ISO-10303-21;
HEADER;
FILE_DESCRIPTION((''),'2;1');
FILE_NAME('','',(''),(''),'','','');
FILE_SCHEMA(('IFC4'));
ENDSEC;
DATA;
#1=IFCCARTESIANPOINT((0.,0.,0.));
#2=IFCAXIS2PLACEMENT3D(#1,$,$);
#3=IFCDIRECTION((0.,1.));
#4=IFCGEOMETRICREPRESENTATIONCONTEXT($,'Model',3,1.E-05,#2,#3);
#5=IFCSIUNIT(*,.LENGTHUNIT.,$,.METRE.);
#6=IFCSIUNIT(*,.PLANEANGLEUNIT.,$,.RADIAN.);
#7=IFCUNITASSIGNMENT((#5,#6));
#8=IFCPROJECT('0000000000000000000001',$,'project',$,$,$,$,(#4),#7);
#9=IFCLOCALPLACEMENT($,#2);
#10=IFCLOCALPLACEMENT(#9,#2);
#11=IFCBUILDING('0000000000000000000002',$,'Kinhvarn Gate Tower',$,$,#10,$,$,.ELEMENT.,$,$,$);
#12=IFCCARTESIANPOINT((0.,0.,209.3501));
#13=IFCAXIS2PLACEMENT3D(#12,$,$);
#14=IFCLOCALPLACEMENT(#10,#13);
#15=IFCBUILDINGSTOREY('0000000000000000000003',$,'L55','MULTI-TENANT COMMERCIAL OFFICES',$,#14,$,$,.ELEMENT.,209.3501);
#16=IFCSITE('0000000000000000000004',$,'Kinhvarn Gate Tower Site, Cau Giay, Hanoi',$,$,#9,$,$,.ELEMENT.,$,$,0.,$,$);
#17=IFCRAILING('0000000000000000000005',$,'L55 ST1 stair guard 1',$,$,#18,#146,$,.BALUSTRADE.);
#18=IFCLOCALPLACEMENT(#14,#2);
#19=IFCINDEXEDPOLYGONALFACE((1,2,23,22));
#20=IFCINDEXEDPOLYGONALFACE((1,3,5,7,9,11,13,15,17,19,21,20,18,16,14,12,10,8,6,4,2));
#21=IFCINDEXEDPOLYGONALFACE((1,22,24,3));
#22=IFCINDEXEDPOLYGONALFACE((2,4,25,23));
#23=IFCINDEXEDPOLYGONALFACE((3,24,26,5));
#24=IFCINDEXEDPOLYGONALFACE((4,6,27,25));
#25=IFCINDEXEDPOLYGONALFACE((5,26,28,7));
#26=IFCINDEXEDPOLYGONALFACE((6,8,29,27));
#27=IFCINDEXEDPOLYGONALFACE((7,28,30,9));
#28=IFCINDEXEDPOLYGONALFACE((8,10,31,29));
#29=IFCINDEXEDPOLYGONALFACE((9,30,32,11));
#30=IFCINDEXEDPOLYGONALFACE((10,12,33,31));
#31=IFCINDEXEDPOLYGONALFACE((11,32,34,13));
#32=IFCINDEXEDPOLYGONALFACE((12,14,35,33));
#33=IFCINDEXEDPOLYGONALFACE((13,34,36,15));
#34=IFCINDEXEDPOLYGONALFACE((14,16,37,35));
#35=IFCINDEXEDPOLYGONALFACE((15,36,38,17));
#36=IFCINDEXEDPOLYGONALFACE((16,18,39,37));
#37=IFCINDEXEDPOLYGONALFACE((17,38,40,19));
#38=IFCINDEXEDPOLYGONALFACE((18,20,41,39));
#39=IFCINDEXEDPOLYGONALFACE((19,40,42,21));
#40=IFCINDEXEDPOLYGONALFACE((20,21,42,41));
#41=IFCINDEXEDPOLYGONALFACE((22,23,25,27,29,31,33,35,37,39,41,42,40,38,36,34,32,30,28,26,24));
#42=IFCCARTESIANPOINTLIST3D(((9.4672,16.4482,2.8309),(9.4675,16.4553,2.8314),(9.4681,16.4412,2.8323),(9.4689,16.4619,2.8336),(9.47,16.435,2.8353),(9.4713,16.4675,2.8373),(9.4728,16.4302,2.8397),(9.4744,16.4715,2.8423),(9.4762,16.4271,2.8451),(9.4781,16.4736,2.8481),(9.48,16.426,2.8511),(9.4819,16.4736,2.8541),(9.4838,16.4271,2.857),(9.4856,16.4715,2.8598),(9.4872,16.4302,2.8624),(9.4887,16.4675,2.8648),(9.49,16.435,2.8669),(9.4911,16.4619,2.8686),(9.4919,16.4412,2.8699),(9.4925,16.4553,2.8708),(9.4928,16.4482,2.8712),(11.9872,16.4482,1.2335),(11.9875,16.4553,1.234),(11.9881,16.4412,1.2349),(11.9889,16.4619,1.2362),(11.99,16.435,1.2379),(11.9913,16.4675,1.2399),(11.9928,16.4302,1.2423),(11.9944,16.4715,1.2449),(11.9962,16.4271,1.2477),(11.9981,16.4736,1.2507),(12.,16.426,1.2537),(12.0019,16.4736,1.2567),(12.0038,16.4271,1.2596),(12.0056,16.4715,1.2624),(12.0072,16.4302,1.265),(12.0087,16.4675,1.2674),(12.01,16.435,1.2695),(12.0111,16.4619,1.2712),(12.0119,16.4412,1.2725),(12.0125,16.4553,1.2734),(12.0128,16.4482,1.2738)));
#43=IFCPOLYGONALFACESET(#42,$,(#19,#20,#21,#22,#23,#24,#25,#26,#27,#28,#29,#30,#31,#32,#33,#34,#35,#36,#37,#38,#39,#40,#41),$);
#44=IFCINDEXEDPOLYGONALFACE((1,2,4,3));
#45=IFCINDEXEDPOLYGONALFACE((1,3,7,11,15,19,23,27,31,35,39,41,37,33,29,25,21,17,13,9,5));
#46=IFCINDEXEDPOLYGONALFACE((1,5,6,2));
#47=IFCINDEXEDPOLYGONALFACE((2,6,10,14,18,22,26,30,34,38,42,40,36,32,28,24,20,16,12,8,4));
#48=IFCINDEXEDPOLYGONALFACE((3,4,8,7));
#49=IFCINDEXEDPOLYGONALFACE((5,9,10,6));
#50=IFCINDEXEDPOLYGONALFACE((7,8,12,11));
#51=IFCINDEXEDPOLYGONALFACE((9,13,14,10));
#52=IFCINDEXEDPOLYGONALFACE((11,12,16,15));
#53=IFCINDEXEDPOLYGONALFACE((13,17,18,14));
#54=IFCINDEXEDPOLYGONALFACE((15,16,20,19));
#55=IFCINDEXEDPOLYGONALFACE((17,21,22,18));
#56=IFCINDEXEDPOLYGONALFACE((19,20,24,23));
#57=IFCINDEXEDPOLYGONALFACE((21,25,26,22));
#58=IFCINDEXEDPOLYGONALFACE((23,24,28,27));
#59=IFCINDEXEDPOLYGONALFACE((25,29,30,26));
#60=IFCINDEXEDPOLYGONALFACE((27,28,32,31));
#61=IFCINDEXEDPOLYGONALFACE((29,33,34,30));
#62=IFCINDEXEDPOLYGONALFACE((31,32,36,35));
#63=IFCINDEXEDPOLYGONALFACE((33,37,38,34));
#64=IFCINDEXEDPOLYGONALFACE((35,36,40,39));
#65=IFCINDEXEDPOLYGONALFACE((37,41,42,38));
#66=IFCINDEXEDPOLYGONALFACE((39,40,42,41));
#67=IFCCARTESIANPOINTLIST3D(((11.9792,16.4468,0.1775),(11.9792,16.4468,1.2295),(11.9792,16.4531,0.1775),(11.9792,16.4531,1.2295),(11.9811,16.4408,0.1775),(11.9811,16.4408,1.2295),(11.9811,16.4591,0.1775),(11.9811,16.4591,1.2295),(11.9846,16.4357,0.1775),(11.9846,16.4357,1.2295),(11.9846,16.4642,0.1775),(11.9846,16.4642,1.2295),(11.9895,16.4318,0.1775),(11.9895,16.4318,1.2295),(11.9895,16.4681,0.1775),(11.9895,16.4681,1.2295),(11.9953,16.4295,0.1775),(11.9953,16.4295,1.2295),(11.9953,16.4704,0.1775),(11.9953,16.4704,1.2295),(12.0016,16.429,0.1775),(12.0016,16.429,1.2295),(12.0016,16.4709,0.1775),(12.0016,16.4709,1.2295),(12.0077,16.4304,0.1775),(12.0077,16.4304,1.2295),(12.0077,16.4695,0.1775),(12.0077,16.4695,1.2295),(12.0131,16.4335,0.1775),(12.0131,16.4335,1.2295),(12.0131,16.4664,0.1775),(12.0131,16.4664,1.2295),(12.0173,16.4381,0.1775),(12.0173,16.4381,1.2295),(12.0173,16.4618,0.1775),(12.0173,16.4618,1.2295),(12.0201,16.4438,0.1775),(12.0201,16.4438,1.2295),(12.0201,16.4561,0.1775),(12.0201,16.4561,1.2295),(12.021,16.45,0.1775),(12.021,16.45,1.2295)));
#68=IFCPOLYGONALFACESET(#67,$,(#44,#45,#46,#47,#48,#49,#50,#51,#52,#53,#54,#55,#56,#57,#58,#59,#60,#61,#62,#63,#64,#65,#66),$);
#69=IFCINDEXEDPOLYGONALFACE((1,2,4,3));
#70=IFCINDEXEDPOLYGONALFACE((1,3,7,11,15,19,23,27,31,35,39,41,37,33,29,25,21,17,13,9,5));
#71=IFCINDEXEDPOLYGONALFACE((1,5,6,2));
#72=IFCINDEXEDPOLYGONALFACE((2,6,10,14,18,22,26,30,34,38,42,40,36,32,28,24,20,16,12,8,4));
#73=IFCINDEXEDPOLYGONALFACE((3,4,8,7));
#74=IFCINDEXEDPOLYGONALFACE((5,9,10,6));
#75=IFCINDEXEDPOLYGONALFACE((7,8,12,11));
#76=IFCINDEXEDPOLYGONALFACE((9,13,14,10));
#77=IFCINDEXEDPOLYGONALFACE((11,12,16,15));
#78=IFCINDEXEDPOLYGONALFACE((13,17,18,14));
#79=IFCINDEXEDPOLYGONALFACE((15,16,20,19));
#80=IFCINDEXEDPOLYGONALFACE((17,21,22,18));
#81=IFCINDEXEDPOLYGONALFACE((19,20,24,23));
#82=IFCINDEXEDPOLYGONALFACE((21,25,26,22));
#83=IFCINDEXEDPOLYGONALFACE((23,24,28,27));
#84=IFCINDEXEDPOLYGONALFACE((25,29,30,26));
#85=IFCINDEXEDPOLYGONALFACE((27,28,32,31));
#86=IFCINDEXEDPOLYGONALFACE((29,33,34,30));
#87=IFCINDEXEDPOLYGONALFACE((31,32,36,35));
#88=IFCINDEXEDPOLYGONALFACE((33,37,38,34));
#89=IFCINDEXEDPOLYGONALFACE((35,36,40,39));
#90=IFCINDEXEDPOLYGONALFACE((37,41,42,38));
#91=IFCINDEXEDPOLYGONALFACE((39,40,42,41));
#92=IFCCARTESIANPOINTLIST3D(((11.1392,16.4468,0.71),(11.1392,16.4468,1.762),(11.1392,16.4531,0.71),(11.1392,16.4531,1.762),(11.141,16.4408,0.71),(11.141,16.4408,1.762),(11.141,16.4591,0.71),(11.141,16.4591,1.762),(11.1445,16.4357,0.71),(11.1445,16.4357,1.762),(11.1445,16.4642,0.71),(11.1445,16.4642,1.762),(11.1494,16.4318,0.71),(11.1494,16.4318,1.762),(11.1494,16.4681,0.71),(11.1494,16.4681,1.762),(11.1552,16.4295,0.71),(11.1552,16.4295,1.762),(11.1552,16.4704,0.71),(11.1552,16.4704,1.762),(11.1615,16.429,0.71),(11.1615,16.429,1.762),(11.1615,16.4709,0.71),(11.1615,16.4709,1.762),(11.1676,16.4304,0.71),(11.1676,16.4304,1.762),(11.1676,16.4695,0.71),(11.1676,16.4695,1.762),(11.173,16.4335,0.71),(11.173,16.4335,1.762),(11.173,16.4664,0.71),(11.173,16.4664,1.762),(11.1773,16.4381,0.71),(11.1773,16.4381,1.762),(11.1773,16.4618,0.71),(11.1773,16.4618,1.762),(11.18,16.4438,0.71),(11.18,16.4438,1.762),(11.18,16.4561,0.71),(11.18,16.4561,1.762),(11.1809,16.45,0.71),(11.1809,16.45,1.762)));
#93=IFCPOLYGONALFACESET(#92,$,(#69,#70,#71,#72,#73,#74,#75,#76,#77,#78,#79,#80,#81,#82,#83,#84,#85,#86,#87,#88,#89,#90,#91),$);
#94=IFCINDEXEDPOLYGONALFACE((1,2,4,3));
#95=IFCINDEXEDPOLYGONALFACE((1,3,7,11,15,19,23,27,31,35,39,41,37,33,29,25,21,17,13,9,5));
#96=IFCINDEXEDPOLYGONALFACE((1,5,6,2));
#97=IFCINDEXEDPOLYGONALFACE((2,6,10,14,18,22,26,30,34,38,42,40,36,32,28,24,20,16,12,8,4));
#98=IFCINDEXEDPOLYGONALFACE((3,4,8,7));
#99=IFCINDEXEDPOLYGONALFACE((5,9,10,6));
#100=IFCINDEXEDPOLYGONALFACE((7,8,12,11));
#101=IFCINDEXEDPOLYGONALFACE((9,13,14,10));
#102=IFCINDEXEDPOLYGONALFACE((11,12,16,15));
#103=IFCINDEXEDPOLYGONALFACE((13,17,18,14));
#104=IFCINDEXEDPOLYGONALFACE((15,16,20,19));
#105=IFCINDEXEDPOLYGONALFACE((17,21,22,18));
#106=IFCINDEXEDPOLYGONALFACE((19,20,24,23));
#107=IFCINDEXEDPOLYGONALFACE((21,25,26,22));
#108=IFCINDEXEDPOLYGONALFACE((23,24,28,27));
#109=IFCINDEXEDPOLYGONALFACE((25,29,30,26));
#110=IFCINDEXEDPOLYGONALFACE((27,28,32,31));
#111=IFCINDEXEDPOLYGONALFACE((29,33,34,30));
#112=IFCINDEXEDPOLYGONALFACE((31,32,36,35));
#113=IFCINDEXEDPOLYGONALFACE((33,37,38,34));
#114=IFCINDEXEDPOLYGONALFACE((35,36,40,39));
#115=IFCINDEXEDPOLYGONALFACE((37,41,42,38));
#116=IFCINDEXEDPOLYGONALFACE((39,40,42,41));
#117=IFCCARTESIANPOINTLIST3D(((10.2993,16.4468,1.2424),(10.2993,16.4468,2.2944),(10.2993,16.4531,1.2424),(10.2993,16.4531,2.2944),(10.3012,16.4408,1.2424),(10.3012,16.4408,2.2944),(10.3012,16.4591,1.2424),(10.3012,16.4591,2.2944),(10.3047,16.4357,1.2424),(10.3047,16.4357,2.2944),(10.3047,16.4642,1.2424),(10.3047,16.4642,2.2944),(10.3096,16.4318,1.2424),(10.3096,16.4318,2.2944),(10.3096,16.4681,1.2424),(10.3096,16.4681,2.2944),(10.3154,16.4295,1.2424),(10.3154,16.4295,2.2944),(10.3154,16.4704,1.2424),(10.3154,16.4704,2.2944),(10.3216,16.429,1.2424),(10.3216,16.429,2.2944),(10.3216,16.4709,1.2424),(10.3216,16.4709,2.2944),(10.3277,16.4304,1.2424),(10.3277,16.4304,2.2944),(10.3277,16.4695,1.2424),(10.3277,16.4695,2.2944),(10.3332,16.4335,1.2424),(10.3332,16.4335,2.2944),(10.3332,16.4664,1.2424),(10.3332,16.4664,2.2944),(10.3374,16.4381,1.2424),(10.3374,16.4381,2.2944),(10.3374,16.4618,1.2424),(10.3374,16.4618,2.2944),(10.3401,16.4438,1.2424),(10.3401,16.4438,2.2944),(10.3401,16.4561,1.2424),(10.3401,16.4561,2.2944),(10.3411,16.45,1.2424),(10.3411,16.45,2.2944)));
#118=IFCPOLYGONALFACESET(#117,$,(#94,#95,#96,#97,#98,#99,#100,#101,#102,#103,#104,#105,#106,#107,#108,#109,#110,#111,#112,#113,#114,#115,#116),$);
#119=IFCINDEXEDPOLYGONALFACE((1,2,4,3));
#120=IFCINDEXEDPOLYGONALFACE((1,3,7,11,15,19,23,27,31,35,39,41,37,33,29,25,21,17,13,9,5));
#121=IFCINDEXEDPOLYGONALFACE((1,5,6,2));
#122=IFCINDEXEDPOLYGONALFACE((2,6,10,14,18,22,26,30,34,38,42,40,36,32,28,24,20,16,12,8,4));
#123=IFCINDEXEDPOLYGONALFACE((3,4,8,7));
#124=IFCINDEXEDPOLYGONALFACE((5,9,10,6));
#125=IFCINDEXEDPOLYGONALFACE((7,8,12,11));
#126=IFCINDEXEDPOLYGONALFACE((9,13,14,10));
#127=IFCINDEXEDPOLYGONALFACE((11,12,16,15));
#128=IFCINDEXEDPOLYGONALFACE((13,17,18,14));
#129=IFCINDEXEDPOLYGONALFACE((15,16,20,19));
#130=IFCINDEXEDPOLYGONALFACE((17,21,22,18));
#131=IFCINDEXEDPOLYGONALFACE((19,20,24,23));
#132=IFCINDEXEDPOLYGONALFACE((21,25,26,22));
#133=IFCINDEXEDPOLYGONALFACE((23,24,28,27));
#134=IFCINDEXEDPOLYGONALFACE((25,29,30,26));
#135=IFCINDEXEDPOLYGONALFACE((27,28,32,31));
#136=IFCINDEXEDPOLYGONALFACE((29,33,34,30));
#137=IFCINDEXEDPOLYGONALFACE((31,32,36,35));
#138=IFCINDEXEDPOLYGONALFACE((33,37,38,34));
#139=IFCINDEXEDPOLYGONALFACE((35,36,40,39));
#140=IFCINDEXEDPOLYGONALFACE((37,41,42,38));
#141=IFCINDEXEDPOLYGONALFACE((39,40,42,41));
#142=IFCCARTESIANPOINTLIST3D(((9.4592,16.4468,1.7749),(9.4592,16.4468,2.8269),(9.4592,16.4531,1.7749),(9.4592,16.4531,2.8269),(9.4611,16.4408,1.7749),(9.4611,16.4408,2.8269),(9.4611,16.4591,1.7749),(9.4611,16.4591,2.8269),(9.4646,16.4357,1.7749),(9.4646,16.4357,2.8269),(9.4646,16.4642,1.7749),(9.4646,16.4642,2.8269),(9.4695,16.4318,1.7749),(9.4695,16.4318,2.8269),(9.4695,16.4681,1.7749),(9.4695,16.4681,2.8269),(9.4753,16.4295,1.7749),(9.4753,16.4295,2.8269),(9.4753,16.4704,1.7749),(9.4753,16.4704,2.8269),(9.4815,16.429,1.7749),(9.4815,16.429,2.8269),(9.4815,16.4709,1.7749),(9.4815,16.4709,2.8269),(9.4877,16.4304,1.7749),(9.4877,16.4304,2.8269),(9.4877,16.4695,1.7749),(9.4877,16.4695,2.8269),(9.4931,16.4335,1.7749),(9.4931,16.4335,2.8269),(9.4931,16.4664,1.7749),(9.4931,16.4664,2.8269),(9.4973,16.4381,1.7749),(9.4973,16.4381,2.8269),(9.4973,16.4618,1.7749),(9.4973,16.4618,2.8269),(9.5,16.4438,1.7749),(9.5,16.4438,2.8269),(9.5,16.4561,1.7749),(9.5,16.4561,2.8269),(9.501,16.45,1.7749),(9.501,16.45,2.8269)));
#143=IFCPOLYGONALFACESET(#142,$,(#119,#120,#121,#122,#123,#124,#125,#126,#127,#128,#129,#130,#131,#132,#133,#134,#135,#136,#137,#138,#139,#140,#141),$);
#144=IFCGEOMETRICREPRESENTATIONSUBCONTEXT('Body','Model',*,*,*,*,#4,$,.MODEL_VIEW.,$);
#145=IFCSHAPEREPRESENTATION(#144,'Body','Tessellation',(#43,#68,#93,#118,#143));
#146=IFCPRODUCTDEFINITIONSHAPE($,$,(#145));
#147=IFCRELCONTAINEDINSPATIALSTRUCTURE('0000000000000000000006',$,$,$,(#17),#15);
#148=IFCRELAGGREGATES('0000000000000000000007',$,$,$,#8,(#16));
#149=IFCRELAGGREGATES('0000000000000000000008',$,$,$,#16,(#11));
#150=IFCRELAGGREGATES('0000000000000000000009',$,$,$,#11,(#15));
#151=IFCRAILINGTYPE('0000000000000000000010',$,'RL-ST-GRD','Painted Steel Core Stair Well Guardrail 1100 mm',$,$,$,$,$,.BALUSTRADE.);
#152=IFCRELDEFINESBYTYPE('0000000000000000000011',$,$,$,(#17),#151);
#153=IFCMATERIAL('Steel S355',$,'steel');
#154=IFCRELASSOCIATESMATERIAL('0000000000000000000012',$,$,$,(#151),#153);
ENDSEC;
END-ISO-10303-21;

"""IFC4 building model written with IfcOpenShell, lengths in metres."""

from ifc_helpers import new_model, si_unit, direction, frame, origin, origin_2d, place, context, subcontext, project, spatial, circle, extrude, material, type_object, element, save


model = new_model("IFC4")

# Units and contexts
model_context = context("Model", 3, precision=1e-05, world=origin(), true_north=direction((0.0, 1.0)))
body_context = subcontext(model_context, "Body", "Model", "MODEL_VIEW")
ifc_project = project(units=[si_unit("LENGTHUNIT", "METRE"), si_unit("PLANEANGLEUNIT", "RADIAN")], contexts=[model_context])

# Site, building, storey
site_placement = place(None, origin())
site = spatial("IfcSite", under=ifc_project, at=site_placement, Name="Kinhvarn Gate Tower Site, Cau Giay, Hanoi", CompositionType="ELEMENT", RefElevation=0.0)
building_placement = place(site_placement, origin())
building = spatial("IfcBuilding", under=site, at=building_placement, Name="Kinhvarn Gate Tower", CompositionType="ELEMENT")
storey_placement = place(building_placement, frame((0.0, 0.0, 209.3501)))
storey = spatial("IfcBuildingStorey", under=building, at=storey_placement, Name="L55", Description="MULTI-TENANT COMMERCIAL OFFICES", CompositionType="ELEMENT", Elevation=209.3501)

# Shared definitions
ifc_material_1 = material(Name="Steel S355", Category="steel")

# Railing
railing_type_1 = type_object("IfcRailingType", Name="RL-ST-GRD", Description="Painted Steel Core Stair Well Guardrail 1100 mm", PredefinedType="BALUSTRADE", material=ifc_material_1)
railing_1_placement = place(storey_placement, frame((12.0, 16.45, 0.1775)))
element("IfcRailing", 1, at=railing_1_placement, inside=storey, type_object=railing_type_1, Name="L55 ST1 stair guard 1", PredefinedType="BALUSTRADE", context=body_context, shape_type="SweptSolid", body=[
    extrude(circle(Radius=0.0239, at=origin_2d()), frame((0.0, 0.0, 1.0762), z_axis=(-0.844607, 0.0, 0.535387), x_axis=(0.0, -1.0, 0.0)), (0.0, 0.0, 1.0), 2.9836),
    extrude(circle(Radius=0.021, at=origin_2d()), origin(), (0.0, 0.0, 1.0), 1.052),
    extrude(circle(Radius=0.021, at=origin_2d()), frame((-0.8401, 0.0, 0.5325)), (0.0, 0.0, 1.0), 1.052),
    extrude(circle(Radius=0.021, at=origin_2d()), frame((-1.6799, 0.0, 1.0649)), (0.0, 0.0, 1.0), 1.052),
    extrude(circle(Radius=0.021, at=origin_2d()), frame((-2.52, 0.0, 1.5974)), (0.0, 0.0, 1.0), 1.052),
])

save(model, "model.ifc")
